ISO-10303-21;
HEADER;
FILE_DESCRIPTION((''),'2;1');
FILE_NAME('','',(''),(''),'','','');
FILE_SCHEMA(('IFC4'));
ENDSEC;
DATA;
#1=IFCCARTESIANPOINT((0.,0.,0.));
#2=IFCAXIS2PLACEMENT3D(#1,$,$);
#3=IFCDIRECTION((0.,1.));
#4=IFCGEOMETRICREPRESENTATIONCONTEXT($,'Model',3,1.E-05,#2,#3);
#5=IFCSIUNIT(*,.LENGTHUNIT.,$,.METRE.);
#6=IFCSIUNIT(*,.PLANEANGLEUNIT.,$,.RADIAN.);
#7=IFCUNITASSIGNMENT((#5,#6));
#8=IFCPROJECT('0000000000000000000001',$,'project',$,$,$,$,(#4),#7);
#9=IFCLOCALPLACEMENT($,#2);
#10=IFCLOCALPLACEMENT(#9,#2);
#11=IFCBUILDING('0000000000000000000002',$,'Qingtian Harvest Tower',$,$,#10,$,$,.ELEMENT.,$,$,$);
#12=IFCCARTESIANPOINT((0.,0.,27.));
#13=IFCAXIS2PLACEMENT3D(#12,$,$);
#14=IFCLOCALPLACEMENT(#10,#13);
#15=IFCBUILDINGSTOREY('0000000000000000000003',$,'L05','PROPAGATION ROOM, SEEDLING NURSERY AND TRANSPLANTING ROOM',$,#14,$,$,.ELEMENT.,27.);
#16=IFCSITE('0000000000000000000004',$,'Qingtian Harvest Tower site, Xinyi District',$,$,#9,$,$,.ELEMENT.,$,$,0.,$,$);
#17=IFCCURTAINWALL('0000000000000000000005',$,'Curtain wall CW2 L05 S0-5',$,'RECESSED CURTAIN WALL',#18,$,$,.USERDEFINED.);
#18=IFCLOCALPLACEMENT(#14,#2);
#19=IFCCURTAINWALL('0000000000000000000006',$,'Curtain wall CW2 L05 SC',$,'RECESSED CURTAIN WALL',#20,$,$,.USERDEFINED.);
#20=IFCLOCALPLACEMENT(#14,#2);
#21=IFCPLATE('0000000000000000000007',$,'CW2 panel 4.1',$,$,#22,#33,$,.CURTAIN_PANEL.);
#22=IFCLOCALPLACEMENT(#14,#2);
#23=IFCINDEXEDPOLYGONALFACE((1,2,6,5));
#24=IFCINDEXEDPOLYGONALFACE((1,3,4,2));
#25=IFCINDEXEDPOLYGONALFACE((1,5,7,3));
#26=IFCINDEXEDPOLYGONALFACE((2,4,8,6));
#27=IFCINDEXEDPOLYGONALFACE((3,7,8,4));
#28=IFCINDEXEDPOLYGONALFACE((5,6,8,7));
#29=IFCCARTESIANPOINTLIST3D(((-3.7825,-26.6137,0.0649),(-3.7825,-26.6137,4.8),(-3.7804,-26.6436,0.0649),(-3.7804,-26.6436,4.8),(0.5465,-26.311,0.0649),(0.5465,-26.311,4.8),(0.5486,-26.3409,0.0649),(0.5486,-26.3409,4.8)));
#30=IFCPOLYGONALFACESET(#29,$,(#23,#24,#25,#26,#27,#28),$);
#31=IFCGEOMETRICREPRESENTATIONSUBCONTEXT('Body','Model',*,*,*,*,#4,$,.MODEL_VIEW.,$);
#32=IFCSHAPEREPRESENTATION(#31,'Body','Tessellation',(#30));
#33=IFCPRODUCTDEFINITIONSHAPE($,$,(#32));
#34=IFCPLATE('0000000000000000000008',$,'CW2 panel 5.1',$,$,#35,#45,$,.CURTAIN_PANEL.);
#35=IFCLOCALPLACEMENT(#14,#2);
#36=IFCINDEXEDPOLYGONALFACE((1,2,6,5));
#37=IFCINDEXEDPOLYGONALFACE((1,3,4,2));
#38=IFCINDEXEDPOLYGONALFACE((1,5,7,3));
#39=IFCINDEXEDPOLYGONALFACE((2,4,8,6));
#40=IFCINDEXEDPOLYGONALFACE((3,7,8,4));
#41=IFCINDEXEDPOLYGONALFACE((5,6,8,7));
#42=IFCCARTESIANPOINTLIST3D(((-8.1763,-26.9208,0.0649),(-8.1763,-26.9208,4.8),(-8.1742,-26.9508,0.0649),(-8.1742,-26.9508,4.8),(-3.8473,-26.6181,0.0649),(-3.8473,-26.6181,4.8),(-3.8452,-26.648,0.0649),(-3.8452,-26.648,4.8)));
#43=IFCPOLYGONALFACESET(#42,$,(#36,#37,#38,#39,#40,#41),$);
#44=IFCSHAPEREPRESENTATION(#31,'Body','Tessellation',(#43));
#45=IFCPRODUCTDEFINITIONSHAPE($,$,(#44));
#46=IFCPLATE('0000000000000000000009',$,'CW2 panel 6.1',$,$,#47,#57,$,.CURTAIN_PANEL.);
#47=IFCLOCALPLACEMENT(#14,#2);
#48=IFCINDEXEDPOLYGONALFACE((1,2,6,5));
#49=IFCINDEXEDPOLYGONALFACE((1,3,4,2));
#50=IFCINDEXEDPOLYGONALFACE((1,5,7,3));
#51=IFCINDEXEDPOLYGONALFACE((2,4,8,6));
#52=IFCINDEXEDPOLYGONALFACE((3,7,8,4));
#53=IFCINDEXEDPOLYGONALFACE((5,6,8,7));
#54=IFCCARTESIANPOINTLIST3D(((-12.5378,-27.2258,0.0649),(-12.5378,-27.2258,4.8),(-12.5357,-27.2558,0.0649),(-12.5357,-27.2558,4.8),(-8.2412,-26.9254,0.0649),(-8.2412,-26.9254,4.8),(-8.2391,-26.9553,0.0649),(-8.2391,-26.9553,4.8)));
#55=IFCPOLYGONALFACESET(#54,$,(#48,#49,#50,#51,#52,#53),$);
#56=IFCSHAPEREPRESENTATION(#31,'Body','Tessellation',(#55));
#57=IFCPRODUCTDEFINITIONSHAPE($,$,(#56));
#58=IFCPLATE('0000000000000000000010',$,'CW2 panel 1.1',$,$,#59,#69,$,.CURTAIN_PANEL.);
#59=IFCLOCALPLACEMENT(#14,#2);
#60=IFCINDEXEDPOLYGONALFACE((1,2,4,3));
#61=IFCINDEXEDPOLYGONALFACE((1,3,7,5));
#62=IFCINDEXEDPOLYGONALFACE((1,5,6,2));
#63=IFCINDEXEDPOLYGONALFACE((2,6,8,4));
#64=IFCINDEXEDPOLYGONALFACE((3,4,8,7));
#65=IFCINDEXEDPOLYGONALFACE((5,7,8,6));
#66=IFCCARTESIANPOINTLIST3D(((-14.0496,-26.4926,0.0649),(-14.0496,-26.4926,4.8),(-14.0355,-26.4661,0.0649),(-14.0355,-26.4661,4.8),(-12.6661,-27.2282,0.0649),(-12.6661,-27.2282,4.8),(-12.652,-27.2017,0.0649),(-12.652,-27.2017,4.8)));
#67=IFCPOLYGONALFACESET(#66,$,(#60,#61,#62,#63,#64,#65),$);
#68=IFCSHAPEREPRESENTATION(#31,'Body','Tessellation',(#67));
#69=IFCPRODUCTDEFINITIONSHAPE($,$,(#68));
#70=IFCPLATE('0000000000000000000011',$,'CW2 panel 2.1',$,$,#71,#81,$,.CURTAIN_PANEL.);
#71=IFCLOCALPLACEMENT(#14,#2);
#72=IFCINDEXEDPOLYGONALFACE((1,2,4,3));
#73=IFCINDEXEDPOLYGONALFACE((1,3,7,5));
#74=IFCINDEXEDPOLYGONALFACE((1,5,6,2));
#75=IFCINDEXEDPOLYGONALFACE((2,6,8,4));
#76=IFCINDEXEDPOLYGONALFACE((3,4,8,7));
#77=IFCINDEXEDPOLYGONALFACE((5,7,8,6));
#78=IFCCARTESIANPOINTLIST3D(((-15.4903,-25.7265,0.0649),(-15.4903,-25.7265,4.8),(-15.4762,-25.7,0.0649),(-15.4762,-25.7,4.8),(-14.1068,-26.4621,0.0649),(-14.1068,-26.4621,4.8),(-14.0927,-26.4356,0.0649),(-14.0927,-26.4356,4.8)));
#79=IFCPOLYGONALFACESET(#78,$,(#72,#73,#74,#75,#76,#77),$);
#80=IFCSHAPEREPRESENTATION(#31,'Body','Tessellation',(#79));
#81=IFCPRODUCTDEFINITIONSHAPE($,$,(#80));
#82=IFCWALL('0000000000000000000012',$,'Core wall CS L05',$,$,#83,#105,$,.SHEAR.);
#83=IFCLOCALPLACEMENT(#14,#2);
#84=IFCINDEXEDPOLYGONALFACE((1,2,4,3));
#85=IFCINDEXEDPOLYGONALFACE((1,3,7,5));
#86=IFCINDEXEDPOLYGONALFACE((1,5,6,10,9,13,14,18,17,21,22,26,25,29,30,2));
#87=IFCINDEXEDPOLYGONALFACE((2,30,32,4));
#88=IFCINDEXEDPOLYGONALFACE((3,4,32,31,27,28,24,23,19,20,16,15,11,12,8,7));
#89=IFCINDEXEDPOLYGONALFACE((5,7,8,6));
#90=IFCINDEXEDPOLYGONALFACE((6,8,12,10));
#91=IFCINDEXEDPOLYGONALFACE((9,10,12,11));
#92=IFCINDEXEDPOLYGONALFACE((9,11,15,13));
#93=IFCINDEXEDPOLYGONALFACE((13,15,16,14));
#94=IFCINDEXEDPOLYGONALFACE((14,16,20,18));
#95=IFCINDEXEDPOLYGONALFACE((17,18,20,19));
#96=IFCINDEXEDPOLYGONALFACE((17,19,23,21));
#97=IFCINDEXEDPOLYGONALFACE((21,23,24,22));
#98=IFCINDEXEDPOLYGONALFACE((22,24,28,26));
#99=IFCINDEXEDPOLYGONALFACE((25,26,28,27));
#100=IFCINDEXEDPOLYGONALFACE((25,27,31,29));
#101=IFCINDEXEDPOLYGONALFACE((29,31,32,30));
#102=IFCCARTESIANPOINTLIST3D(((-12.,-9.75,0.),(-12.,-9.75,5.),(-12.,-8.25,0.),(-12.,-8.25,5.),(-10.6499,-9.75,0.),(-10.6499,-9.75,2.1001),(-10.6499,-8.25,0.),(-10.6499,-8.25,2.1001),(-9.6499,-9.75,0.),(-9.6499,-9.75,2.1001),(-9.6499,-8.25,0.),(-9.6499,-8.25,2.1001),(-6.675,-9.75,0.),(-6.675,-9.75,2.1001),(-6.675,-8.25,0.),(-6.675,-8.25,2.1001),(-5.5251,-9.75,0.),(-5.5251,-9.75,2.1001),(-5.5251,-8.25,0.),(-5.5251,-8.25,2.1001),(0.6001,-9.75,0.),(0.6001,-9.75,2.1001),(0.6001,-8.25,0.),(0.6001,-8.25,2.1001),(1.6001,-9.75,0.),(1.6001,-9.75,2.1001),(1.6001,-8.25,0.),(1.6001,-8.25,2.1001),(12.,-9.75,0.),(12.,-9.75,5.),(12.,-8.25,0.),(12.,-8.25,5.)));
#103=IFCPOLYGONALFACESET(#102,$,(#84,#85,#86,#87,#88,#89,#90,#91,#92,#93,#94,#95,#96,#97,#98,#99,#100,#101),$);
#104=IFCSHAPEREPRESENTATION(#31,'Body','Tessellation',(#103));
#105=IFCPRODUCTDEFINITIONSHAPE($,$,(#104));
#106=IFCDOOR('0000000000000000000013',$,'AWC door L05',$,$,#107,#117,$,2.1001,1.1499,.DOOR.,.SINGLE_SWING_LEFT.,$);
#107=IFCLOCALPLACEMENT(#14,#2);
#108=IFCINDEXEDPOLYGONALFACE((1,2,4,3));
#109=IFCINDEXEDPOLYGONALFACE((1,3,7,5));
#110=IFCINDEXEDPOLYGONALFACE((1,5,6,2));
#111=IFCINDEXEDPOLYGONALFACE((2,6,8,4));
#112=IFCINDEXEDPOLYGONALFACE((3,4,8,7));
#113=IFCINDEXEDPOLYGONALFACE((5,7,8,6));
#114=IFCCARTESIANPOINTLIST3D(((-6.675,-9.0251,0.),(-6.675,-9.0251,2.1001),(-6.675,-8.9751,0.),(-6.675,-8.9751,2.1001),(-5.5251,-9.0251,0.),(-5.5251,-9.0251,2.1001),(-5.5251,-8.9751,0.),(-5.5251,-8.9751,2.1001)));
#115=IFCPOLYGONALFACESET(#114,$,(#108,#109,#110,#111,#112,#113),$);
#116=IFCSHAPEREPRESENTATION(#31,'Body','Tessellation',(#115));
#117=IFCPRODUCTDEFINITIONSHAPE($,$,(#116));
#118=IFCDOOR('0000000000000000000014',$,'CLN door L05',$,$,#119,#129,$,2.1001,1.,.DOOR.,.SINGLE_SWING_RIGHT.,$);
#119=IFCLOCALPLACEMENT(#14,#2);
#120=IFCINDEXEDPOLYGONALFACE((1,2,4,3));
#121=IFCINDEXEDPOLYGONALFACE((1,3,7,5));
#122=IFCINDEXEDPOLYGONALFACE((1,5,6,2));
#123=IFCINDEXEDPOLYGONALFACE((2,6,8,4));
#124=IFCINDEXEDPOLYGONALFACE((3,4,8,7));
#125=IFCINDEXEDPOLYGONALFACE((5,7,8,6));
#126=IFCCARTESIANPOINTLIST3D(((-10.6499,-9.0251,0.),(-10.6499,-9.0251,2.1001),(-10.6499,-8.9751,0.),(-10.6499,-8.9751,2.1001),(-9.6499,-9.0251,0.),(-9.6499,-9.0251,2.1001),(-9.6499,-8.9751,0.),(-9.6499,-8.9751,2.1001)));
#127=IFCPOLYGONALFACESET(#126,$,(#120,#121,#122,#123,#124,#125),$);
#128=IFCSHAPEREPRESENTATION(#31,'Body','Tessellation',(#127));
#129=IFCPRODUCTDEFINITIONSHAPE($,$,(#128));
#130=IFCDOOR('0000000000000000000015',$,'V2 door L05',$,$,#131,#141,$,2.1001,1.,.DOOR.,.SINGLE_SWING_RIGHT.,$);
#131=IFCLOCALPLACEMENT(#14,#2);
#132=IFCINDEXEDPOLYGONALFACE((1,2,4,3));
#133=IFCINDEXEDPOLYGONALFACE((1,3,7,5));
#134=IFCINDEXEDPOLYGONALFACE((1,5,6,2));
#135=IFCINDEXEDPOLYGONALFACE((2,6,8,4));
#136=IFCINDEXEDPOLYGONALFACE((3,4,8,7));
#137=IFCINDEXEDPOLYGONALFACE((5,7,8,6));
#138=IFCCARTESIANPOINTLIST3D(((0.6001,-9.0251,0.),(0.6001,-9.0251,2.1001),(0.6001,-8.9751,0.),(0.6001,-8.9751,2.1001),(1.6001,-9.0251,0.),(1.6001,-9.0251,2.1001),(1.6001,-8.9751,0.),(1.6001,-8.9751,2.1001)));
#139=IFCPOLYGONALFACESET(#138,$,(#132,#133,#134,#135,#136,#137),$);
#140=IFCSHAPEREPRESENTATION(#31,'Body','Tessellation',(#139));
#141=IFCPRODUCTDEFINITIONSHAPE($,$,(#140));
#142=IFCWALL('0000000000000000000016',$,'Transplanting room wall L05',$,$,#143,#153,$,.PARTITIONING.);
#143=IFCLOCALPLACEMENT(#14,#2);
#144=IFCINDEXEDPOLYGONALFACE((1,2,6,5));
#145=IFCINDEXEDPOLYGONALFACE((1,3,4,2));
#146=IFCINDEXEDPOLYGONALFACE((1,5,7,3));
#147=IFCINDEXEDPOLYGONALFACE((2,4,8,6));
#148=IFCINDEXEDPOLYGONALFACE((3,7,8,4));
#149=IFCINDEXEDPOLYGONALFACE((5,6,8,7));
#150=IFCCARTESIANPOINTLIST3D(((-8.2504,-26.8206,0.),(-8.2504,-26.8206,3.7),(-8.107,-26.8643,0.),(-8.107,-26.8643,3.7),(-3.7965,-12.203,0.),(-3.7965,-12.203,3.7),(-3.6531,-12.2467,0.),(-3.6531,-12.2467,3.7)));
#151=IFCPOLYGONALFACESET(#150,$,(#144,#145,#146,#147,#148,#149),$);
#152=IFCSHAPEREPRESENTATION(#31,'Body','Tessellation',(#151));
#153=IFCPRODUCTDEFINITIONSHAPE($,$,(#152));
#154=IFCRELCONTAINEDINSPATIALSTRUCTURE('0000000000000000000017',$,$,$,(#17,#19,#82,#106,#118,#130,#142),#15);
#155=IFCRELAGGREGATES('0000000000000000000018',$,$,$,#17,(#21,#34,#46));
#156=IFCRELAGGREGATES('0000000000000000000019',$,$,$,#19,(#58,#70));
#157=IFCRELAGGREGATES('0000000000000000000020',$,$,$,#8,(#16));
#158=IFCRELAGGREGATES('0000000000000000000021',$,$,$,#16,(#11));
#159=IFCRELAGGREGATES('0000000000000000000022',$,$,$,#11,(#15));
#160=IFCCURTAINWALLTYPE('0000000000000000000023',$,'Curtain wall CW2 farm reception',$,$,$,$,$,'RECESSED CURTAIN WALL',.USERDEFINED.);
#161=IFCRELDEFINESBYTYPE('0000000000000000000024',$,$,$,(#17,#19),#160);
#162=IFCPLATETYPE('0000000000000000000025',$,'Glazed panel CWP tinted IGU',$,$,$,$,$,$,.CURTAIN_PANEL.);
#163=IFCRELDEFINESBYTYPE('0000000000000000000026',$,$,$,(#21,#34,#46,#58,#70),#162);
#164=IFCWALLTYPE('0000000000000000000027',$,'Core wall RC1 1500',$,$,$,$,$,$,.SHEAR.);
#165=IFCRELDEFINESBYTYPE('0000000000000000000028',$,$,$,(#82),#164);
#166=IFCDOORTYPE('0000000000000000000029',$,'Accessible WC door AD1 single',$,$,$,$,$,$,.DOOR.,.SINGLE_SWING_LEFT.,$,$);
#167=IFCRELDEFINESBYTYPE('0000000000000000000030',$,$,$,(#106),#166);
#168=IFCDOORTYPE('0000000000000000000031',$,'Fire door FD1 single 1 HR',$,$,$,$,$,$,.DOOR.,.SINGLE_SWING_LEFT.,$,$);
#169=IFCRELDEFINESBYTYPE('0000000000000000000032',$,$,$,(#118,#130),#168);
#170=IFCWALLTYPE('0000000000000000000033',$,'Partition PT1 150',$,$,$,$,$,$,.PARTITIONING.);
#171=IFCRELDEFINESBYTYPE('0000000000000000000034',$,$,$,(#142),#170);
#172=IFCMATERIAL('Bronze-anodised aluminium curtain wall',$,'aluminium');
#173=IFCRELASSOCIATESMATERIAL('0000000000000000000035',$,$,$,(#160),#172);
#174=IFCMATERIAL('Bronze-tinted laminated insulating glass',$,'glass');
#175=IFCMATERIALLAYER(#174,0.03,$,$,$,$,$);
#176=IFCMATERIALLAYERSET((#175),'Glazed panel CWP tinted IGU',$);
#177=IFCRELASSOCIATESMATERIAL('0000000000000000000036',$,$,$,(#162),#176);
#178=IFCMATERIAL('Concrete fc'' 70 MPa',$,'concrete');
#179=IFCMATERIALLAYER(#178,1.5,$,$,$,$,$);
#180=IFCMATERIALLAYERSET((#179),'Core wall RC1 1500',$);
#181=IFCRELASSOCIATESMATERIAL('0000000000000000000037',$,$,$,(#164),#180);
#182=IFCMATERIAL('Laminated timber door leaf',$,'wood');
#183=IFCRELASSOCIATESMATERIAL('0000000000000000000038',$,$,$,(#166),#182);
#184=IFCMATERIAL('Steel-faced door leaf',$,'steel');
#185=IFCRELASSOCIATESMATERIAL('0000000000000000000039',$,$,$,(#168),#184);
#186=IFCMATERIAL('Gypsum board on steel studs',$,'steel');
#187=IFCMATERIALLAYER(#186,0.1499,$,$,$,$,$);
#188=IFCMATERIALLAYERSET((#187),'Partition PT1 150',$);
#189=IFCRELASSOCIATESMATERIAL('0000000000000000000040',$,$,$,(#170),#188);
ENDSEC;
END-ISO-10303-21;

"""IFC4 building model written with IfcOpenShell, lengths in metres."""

from ifc_helpers import new_model, si_unit, direction, frame, frame_2d, origin, origin_2d, place, context, subcontext, project, spatial, rectangle, extrude, material, layer, layer_set, type_object, element, fill, aggregate, save


model = new_model("IFC4")

# Units and contexts
model_context = context("Model", 3, precision=1e-05, world=origin(), true_north=direction((0.0, 1.0)))
body_context = subcontext(model_context, "Body", "Model", "MODEL_VIEW")
ifc_project = project(units=[si_unit("LENGTHUNIT", "METRE"), si_unit("PLANEANGLEUNIT", "RADIAN")], contexts=[model_context])

# Site, building, storey
site_placement = place(None, origin())
site = spatial("IfcSite", under=ifc_project, at=site_placement, Name="Qingtian Harvest Tower site, Xinyi District", CompositionType="ELEMENT", RefElevation=0.0)
building_placement = place(site_placement, origin())
building = spatial("IfcBuilding", under=site, at=building_placement, Name="Qingtian Harvest Tower", CompositionType="ELEMENT")
storey_placement = place(building_placement, frame((0.0, 0.0, 27.0)))
storey = spatial("IfcBuildingStorey", under=building, at=storey_placement, Name="L05", Description="PROPAGATION ROOM, SEEDLING NURSERY AND TRANSPLANTING ROOM", CompositionType="ELEMENT", Elevation=27.0)

# Curtain walls
ifc_material_1 = material(Name="Bronze-anodised aluminium curtain wall", Category="aluminium")
curtain_wall_type = type_object("IfcCurtainWallType", Name="Curtain wall CW2 farm reception", ElementType="RECESSED CURTAIN WALL", PredefinedType="USERDEFINED", material=ifc_material_1)
curtain_wall_1_placement = place(storey_placement, origin())
curtain_wall_1 = element("IfcCurtainWall", 1, at=curtain_wall_1_placement, inside=storey, type_object=curtain_wall_type, Name="Curtain wall CW2 L05 S0-5", ObjectType="RECESSED CURTAIN WALL", PredefinedType="USERDEFINED")
curtain_wall_2_placement = place(storey_placement, origin())
curtain_wall_2 = element("IfcCurtainWall", 2, at=curtain_wall_2_placement, inside=storey, type_object=curtain_wall_type, Name="Curtain wall CW2 L05 SC", ObjectType="RECESSED CURTAIN WALL", PredefinedType="USERDEFINED")

# Plates
ifc_material_2 = material(Name="Bronze-tinted laminated insulating glass", Category="glass")
ifc_layer_1 = layer(ifc_material_2, 0.03)
ifc_layer_set_1 = layer_set([ifc_layer_1], Name="Glazed panel CWP tinted IGU")
plate_type = type_object("IfcPlateType", Name="Glazed panel CWP tinted IGU", PredefinedType="CURTAIN_PANEL", material=ifc_layer_set_1)
plate_1_placement = place(storey_placement, frame((-1.6169, -26.4773, 0.0649), z_axis=(0.0, 0.0, 1.0), x_axis=(-0.997564, -0.069756, 0.0)))
plate_1 = element("IfcPlate", 3, at=plate_1_placement, type_object=plate_type, Name="CW2 panel 4.1", PredefinedType="CURTAIN_PANEL", context=body_context, shape_type="SweptSolid", body=[
    extrude(rectangle(XDim=4.3396, YDim=0.03, at=origin_2d()), origin(), (0.0, 0.0, 1.0), 4.7351),
])
plate_2_placement = place(storey_placement, frame((-6.0107, -26.7844, 0.0649), z_axis=(0.0, 0.0, 1.0), x_axis=(-0.997564, -0.069756, 0.0)))
plate_2 = element("IfcPlate", 4, at=plate_2_placement, type_object=plate_type, Name="CW2 panel 5.1", PredefinedType="CURTAIN_PANEL", context=body_context, shape_type="SweptSolid", body=[
    extrude(rectangle(XDim=4.3396, YDim=0.03, at=origin_2d()), origin(), (0.0, 0.0, 1.0), 4.7351),
])
plate_3_placement = place(storey_placement, frame((-10.3884, -27.0906, 0.0649), z_axis=(0.0, 0.0, 1.0), x_axis=(-0.997564, -0.069756, 0.0)))
plate_3 = element("IfcPlate", 5, at=plate_3_placement, type_object=plate_type, Name="CW2 panel 6.1", PredefinedType="CURTAIN_PANEL", context=body_context, shape_type="SweptSolid", body=[
    extrude(rectangle(XDim=4.3071, YDim=0.03, at=origin_2d()), origin(), (0.0, 0.0, 1.0), 4.7351),
])
aggregate(curtain_wall_1, [plate_1, plate_2, plate_3])
plate_4_placement = place(storey_placement, frame((-13.3508, -26.8472, 0.0649), z_axis=(0.0, 0.0, 1.0), x_axis=(-0.882948, 0.469472, 0.0)))
plate_4 = element("IfcPlate", 6, at=plate_4_placement, type_object=plate_type, Name="CW2 panel 1.1", PredefinedType="CURTAIN_PANEL", context=body_context, shape_type="SweptSolid", body=[
    extrude(rectangle(XDim=1.5669, YDim=0.03, at=origin_2d()), origin(), (0.0, 0.0, 1.0), 4.7351),
])
plate_5_placement = place(storey_placement, frame((-14.7915, -26.0811, 0.0649), z_axis=(0.0, 0.0, 1.0), x_axis=(-0.882948, 0.469472, 0.0)))
plate_5 = element("IfcPlate", 7, at=plate_5_placement, type_object=plate_type, Name="CW2 panel 2.1", PredefinedType="CURTAIN_PANEL", context=body_context, shape_type="SweptSolid", body=[
    extrude(rectangle(XDim=1.5669, YDim=0.03, at=origin_2d()), origin(), (0.0, 0.0, 1.0), 4.7351),
])
aggregate(curtain_wall_2, [plate_4, plate_5])

# Wall, openings, doors
ifc_material_3 = material(Name="Concrete fc' 70 MPa", Category="concrete")
ifc_layer_2 = layer(ifc_material_3, 1.5)
ifc_layer_set_2 = layer_set([ifc_layer_2], Name="Core wall RC1 1500")
wall_type_1 = type_object("IfcWallType", Name="Core wall RC1 1500", PredefinedType="SHEAR", material=ifc_layer_set_2)
wall_1_placement = place(storey_placement, frame((-12.0, -9.0, 0.0), z_axis=(0.0, 0.0, 1.0), x_axis=(1.0, 0.0, 0.0)))
wall_1 = element("IfcWall", 8, at=wall_1_placement, inside=storey, type_object=wall_type_1, Name="Core wall CS L05", PredefinedType="SHEAR", context=body_context, shape_type="SweptSolid", body=[
    extrude(rectangle(XDim=24.0, YDim=1.5, at=frame_2d((12.0, 0.0))), origin(), (0.0, 0.0, 1.0), 5.0),
])
opening_1_placement = place(wall_1_placement, frame((1.3501, 0.0, 0.0)))
opening_1 = element("IfcOpeningElement", 9, at=opening_1_placement, cuts=wall_1, PredefinedType="OPENING", context=body_context, shape_type="SweptSolid", body=[
    extrude(rectangle(XDim=1.0, YDim=2.1001, at=frame_2d((0.5, 1.05))), frame((0.0, 0.76, 0.0), z_axis=(0.0, -1.0, 0.0), x_axis=(1.0, 0.0, 0.0)), (0.0, 0.0, 1.0), 1.52),
])
opening_2_placement = place(wall_1_placement, frame((5.325, 0.0, 0.0)))
opening_2 = element("IfcOpeningElement", 10, at=opening_2_placement, cuts=wall_1, PredefinedType="OPENING", context=body_context, shape_type="SweptSolid", body=[
    extrude(rectangle(XDim=1.1499, YDim=2.1001, at=frame_2d((0.575, 1.05))), frame((0.0, 0.76, 0.0), z_axis=(0.0, -1.0, 0.0), x_axis=(1.0, 0.0, 0.0)), (0.0, 0.0, 1.0), 1.52),
])
opening_3_placement = place(wall_1_placement, frame((12.6001, 0.0, 0.0)))
opening_3 = element("IfcOpeningElement", 11, at=opening_3_placement, cuts=wall_1, PredefinedType="OPENING", context=body_context, shape_type="SweptSolid", body=[
    extrude(rectangle(XDim=1.0, YDim=2.1001, at=frame_2d((0.5, 1.05))), frame((0.0, 0.76, 0.0), z_axis=(0.0, -1.0, 0.0), x_axis=(1.0, 0.0, 0.0)), (0.0, 0.0, 1.0), 1.52),
])
ifc_material_4 = material(Name="Laminated timber door leaf", Category="wood")
door_type_1 = type_object("IfcDoorType", Name="Accessible WC door AD1 single", OperationType="SINGLE_SWING_LEFT", PredefinedType="DOOR", material=ifc_material_4)
door_1_placement = place(opening_2_placement, origin())
door_1 = element("IfcDoor", 12, at=door_1_placement, inside=storey, type_object=door_type_1, Name="AWC door L05", OperationType="SINGLE_SWING_LEFT", OverallHeight=2.1001, OverallWidth=1.1499, PredefinedType="DOOR", context=body_context, shape_type="SweptSolid", body=[
    extrude(rectangle(XDim=1.1499, YDim=2.1001, at=frame_2d((0.575, 1.05))), frame((0.0, 0.0249, 0.0), z_axis=(0.0, -1.0, 0.0), x_axis=(1.0, 0.0, 0.0)), (0.0, 0.0, 1.0), 0.05),
])
fill(opening_2, door_1)
ifc_material_5 = material(Name="Steel-faced door leaf", Category="steel")
door_type_2 = type_object("IfcDoorType", Name="Fire door FD1 single 1 HR", OperationType="SINGLE_SWING_LEFT", PredefinedType="DOOR", material=ifc_material_5)
door_2_placement = place(opening_1_placement, origin())
door_2 = element("IfcDoor", 13, at=door_2_placement, inside=storey, type_object=door_type_2, Name="CLN door L05", OperationType="SINGLE_SWING_RIGHT", OverallHeight=2.1001, OverallWidth=1.0, PredefinedType="DOOR", context=body_context, shape_type="SweptSolid", body=[
    extrude(rectangle(XDim=1.0, YDim=2.1001, at=frame_2d((0.5, 1.05))), frame((0.0, 0.0249, 0.0), z_axis=(0.0, -1.0, 0.0), x_axis=(1.0, 0.0, 0.0)), (0.0, 0.0, 1.0), 0.05),
])
fill(opening_1, door_2)
door_3_placement = place(opening_3_placement, origin())
door_3 = element("IfcDoor", 14, at=door_3_placement, inside=storey, type_object=door_type_2, Name="V2 door L05", OperationType="SINGLE_SWING_RIGHT", OverallHeight=2.1001, OverallWidth=1.0, PredefinedType="DOOR", context=body_context, shape_type="SweptSolid", body=[
    extrude(rectangle(XDim=1.0, YDim=2.1001, at=frame_2d((0.5, 1.05))), frame((0.0, 0.0249, 0.0), z_axis=(0.0, -1.0, 0.0), x_axis=(1.0, 0.0, 0.0)), (0.0, 0.0, 1.0), 0.05),
])
fill(opening_3, door_3)

# Wall
ifc_material_6 = material(Name="Gypsum board on steel studs", Category="steel")
ifc_layer_3 = layer(ifc_material_6, 0.1499)
ifc_layer_set_3 = layer_set([ifc_layer_3], Name="Partition PT1 150")
wall_type_2 = type_object("IfcWallType", Name="Partition PT1 150", PredefinedType="PARTITIONING", material=ifc_layer_set_3)
wall_2_placement = place(storey_placement, frame((-8.1787, -26.8425, 0.0), z_axis=(0.0, 0.0, 1.0), x_axis=(0.291465, 0.956581, 0.0)))
element("IfcWall", 15, at=wall_2_placement, inside=storey, type_object=wall_type_2, Name="Transplanting room wall L05", PredefinedType="PARTITIONING", context=body_context, shape_type="SweptSolid", body=[
    extrude(rectangle(XDim=15.281, YDim=0.1499, at=frame_2d((7.6406, 0.0))), origin(), (0.0, 0.0, 1.0), 3.7),
])

save(model, "model.ifc")
